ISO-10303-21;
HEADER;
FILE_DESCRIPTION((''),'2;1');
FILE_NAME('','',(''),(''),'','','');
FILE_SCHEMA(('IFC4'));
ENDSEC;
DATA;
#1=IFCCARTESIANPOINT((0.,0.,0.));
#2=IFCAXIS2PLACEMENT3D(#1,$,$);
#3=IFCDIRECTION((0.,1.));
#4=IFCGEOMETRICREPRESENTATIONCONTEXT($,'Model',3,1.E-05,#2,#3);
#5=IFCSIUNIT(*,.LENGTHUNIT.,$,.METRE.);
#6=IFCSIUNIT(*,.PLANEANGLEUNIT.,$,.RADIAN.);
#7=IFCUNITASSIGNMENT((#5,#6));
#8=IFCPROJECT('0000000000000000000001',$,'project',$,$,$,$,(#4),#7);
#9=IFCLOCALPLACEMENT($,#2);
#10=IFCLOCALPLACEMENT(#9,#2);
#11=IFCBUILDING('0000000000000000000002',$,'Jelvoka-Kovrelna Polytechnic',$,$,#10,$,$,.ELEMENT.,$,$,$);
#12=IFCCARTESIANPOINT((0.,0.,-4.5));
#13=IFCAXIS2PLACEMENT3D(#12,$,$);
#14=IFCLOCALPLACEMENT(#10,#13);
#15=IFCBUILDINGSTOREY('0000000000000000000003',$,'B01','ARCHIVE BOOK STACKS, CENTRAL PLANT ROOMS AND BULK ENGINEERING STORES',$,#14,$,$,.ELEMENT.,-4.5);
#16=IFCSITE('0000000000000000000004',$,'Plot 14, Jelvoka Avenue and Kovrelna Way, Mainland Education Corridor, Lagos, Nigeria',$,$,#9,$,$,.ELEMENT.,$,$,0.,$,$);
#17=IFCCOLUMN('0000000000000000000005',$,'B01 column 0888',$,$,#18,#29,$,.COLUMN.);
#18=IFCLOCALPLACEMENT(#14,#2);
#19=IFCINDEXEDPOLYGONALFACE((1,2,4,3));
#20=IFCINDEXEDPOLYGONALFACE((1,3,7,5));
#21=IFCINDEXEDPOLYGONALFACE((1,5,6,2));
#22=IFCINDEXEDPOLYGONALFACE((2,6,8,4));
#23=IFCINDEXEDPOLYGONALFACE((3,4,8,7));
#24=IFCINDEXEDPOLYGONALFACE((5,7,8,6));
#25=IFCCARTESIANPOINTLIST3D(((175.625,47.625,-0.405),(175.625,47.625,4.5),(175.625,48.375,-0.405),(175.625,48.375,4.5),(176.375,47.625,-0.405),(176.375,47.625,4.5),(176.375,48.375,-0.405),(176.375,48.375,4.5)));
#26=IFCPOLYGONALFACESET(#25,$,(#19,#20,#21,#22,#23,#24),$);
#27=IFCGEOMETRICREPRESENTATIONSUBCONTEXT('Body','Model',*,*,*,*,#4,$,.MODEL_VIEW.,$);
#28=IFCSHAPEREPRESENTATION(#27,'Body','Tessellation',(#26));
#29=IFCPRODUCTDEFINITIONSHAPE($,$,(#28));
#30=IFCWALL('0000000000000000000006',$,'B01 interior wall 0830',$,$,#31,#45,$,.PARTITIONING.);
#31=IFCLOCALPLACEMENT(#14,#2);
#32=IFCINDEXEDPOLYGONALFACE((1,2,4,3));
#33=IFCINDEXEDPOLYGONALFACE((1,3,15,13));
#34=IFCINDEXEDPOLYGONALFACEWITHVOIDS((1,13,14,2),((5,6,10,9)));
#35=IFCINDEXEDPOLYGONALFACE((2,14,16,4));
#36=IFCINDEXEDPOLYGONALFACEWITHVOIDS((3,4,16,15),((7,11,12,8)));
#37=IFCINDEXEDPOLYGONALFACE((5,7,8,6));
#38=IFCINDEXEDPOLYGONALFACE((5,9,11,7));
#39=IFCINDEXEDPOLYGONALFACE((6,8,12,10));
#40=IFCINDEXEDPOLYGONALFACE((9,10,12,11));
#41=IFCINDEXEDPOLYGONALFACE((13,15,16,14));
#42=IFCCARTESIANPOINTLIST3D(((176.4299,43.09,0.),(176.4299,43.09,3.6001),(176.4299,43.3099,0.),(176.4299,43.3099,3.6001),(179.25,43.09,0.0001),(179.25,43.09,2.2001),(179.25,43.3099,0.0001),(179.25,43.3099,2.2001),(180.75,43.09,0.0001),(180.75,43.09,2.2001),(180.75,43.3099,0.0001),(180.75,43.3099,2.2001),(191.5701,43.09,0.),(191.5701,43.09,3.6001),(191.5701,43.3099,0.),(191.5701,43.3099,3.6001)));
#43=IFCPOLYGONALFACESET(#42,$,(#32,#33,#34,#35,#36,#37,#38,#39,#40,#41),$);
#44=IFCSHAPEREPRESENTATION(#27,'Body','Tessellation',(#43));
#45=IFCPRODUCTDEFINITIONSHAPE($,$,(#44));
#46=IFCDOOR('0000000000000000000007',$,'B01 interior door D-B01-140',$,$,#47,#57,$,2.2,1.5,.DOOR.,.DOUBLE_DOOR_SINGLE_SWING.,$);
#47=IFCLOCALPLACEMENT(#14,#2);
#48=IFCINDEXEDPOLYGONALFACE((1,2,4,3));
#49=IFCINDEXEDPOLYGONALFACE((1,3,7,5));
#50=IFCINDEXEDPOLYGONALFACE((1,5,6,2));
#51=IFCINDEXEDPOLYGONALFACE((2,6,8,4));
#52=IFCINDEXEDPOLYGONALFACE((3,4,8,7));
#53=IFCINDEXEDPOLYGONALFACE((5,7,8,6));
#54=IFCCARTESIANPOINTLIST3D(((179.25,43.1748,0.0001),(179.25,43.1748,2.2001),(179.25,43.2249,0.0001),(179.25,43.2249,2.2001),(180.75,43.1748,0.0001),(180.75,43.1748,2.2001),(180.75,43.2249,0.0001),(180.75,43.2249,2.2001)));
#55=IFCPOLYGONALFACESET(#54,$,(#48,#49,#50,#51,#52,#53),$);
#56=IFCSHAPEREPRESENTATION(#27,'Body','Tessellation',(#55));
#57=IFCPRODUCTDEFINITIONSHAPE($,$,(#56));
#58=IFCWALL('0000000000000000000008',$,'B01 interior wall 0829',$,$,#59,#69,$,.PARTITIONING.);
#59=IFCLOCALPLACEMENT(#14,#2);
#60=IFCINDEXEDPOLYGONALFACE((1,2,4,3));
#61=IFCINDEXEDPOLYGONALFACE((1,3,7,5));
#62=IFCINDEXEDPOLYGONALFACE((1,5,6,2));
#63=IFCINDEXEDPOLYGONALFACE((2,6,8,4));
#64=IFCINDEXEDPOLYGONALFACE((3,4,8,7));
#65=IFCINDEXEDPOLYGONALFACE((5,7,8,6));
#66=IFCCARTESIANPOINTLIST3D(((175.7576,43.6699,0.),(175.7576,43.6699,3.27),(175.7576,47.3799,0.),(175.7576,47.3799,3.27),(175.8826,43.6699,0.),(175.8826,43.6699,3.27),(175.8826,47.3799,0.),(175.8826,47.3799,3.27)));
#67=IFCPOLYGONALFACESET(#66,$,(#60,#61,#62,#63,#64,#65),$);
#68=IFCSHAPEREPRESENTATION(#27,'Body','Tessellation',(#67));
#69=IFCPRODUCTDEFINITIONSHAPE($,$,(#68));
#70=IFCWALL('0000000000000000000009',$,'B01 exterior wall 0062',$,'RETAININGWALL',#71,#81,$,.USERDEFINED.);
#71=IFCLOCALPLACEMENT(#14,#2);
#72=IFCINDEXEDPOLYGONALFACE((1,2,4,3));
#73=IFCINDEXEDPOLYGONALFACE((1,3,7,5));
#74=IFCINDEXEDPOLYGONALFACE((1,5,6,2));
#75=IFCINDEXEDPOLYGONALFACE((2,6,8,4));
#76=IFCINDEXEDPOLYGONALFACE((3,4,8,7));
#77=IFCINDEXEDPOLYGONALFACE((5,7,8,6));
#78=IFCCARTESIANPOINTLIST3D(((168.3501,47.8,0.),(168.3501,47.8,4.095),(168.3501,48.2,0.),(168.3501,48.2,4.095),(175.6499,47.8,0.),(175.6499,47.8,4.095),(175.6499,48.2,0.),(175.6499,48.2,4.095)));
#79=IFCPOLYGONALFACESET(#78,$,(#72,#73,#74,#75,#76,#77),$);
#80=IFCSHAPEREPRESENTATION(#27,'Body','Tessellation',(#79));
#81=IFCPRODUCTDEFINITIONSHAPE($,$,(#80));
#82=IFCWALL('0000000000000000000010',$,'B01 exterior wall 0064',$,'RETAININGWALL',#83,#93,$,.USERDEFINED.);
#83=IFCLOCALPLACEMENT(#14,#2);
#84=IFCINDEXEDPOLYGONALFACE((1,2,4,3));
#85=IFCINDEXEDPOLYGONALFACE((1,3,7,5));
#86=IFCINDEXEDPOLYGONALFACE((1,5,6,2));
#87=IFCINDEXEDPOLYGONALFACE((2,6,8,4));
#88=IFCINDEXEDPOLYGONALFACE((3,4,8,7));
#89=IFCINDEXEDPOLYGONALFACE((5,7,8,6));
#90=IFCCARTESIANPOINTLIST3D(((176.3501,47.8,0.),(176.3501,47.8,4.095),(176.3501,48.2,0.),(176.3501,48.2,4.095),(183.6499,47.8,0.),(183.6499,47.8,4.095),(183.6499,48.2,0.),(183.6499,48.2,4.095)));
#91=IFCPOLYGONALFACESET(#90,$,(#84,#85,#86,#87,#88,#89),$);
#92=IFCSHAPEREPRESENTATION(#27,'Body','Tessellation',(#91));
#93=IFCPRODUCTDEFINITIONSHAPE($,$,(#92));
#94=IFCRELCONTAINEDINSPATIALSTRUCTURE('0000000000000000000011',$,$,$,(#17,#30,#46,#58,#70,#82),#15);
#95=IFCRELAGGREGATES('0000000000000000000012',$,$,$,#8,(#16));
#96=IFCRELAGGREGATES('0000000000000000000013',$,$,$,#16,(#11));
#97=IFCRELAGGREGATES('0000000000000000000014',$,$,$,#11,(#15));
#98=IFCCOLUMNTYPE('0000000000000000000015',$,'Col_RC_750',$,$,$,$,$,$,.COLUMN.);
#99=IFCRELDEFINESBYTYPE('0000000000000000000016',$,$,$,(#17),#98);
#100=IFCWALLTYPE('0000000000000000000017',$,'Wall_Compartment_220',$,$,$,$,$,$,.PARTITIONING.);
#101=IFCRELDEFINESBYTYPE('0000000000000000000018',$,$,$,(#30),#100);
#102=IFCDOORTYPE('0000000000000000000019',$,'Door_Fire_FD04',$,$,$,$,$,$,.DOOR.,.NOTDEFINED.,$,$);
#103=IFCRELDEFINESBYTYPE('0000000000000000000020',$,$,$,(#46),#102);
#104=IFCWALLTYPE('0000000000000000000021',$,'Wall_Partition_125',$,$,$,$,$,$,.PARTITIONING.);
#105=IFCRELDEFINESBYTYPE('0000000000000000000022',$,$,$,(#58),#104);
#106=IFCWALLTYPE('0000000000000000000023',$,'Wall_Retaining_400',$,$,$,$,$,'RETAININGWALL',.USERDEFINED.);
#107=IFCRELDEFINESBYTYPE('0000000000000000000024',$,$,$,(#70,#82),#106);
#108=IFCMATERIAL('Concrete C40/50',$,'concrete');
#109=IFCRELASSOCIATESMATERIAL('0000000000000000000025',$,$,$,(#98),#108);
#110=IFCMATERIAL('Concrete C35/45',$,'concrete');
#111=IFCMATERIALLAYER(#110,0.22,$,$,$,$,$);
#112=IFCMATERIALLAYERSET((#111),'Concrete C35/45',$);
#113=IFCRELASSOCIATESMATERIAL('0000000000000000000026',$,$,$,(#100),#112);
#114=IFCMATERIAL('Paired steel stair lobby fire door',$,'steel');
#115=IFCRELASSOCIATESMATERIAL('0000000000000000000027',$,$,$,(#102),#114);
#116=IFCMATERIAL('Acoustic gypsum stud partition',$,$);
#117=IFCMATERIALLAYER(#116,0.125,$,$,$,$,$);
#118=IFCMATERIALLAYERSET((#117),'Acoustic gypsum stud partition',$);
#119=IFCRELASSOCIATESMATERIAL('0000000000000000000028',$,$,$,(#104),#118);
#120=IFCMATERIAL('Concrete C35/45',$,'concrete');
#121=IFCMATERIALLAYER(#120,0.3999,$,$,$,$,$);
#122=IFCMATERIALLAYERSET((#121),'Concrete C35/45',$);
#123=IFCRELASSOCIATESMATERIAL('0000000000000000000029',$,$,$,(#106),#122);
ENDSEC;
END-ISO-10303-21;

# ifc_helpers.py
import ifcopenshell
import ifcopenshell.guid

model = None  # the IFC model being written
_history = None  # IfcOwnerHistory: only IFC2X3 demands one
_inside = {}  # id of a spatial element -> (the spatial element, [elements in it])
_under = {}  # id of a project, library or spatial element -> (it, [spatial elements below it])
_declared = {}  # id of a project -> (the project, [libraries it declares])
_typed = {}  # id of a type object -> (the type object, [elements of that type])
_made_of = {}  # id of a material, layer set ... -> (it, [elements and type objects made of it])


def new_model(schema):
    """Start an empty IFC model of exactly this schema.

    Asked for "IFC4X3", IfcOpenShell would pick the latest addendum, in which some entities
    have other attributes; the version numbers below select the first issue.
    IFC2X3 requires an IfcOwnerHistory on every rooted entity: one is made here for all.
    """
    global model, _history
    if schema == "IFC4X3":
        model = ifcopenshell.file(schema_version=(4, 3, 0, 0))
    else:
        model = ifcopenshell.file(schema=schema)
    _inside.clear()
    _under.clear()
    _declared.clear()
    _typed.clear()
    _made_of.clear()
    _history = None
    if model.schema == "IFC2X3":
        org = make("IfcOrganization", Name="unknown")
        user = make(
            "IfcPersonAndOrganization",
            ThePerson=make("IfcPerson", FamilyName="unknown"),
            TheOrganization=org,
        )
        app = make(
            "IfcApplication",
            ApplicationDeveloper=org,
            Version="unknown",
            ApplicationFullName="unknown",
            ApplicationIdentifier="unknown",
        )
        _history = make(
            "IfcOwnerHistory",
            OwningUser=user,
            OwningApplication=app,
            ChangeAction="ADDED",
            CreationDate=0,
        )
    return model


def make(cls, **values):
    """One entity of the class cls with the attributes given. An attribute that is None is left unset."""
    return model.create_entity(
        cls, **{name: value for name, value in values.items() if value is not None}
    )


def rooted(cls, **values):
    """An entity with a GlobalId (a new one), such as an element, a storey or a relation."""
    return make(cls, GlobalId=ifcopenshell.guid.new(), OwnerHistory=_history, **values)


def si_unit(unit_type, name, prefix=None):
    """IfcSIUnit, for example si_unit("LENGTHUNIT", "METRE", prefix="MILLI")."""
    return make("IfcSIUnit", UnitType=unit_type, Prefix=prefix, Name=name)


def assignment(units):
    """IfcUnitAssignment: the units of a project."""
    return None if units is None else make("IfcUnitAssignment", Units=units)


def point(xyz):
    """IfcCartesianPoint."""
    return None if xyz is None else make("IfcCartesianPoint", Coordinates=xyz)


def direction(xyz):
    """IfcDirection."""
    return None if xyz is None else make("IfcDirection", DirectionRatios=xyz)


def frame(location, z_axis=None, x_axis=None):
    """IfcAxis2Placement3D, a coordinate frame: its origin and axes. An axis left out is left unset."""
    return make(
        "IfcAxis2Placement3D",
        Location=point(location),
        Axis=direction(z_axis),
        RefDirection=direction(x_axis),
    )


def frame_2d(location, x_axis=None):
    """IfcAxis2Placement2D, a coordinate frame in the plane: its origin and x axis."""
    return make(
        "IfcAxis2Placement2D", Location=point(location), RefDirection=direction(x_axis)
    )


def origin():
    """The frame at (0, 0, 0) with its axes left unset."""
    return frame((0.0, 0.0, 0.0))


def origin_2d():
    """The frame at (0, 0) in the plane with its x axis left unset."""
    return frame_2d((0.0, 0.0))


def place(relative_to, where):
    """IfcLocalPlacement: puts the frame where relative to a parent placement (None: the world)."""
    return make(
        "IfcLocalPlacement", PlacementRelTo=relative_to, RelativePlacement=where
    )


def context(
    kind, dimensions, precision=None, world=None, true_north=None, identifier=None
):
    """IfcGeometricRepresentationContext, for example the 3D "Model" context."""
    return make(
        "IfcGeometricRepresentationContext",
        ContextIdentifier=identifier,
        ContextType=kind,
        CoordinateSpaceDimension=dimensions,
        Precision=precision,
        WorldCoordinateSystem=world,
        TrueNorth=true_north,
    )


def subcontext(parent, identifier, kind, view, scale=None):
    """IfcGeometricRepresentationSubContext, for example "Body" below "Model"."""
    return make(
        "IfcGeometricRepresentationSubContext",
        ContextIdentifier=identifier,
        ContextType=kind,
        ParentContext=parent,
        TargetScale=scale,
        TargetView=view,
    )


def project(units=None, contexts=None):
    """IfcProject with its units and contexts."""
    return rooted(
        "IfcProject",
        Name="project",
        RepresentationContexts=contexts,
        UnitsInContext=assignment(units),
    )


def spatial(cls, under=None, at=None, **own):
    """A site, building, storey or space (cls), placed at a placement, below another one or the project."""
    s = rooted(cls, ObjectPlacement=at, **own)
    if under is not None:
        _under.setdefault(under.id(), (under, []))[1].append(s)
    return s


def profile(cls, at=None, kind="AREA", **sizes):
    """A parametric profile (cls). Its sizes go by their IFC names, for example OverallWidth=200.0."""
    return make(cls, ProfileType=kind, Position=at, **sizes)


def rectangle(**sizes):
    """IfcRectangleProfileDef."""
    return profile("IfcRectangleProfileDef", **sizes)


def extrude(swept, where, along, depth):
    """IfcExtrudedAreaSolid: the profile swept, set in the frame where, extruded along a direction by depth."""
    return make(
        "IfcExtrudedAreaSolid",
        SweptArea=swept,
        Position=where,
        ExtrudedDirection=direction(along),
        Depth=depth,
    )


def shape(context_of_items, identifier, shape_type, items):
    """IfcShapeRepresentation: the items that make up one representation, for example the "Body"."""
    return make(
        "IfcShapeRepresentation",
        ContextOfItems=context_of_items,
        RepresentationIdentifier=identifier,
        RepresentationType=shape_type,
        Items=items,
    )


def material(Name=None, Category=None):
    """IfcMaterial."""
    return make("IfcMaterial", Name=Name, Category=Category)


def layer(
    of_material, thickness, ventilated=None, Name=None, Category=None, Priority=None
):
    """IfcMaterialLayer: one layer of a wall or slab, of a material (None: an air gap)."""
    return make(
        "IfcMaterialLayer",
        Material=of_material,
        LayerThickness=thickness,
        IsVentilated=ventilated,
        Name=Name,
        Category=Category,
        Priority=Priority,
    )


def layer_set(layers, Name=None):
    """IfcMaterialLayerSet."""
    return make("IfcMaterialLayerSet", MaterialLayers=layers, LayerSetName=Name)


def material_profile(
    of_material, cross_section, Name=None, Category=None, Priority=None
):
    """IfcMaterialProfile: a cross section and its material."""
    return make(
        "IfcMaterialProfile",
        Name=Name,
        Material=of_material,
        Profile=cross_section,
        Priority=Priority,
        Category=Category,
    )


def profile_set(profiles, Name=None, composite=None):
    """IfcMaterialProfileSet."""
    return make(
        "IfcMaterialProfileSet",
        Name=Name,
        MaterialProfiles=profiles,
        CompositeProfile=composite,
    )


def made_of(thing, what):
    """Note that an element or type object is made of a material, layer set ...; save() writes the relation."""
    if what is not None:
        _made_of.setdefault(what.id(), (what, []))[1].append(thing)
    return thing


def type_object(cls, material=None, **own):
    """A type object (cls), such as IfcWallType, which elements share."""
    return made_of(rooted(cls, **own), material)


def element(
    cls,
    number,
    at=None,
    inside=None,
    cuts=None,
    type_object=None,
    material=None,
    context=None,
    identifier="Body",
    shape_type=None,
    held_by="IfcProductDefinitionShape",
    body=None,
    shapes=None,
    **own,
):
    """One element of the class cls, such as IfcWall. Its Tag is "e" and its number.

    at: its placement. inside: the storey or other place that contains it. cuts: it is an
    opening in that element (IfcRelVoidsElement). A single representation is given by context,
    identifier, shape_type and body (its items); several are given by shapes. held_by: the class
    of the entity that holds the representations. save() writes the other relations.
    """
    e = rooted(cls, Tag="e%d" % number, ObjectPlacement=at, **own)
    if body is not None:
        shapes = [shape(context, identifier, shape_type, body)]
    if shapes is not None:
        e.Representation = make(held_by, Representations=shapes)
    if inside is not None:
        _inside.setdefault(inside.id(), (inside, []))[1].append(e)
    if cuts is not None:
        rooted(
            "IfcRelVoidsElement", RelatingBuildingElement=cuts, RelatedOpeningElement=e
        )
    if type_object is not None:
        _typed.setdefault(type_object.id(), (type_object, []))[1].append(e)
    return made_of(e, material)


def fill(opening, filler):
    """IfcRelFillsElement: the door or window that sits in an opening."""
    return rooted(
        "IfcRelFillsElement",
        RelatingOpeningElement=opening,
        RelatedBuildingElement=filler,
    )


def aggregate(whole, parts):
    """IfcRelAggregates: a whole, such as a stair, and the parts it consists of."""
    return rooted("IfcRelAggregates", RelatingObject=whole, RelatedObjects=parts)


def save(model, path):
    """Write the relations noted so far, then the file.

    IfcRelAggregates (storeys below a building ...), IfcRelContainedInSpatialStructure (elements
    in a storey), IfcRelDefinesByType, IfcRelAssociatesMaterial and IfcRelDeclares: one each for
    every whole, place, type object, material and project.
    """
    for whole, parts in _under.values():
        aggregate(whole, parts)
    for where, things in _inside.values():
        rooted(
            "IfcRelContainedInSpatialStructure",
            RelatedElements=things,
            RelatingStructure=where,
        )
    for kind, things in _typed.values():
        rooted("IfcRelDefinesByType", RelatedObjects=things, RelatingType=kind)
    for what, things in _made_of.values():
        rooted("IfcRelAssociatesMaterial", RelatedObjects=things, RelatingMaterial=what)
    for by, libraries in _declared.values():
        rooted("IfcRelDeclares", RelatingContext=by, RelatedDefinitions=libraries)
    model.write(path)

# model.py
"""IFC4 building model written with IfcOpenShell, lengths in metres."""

from ifc_helpers import new_model, si_unit, direction, frame, frame_2d, origin, origin_2d, place, context, subcontext, project, spatial, rectangle, extrude, material, layer, layer_set, material_profile, profile_set, type_object, element, fill, save


model = new_model("IFC4")

# Units and contexts
model_context = context("Model", 3, precision=1e-05, world=origin(), true_north=direction((0.0, 1.0)))
body_context = subcontext(model_context, "Body", "Model", "MODEL_VIEW")
ifc_project = project(units=[si_unit("LENGTHUNIT", "METRE"), si_unit("PLANEANGLEUNIT", "RADIAN")], contexts=[model_context])

# Site, building, storey
site_placement = place(None, origin())
site = spatial("IfcSite", under=ifc_project, at=site_placement, Name="Plot 14, Jelvoka Avenue and Kovrelna Way, Mainland Education Corridor, Lagos, Nigeria", CompositionType="ELEMENT", RefElevation=0.0)
building_placement = place(site_placement, origin())
building = spatial("IfcBuilding", under=site, at=building_placement, Name="Jelvoka-Kovrelna Polytechnic", CompositionType="ELEMENT")
storey_placement = place(building_placement, frame((0.0, 0.0, -4.5)))
storey = spatial("IfcBuildingStorey", under=building, at=storey_placement, Name="B01", Description="ARCHIVE BOOK STACKS, CENTRAL PLANT ROOMS AND BULK ENGINEERING STORES", CompositionType="ELEMENT", Elevation=-4.5)

# Column
ifc_material_1 = material(Name="Concrete C40/50", Category="concrete")
ifc_material_profile_1 = material_profile(ifc_material_1, rectangle(XDim=0.75, YDim=0.75, at=origin_2d()), Name="RC 750x750")
ifc_profile_set_1 = profile_set([ifc_material_profile_1], Name="Concrete C40/50")
column_type = type_object("IfcColumnType", Name="Col_RC_750", PredefinedType="COLUMN", material=ifc_profile_set_1)
for number, where, z_axis, x_axis, name in (
    (1, (176.0, 48.0, -0.405), (0.0, 0.0, 1.0), (1.0, 0.0, 0.0), "B01 column 0888"),
):
    element("IfcColumn", number, at=place(storey_placement, frame(where, z_axis=z_axis, x_axis=x_axis)), inside=storey, type_object=column_type, Name=name, PredefinedType="COLUMN", context=body_context, shape_type="SweptSolid", body=[
        extrude(rectangle(XDim=0.75, YDim=0.75, at=origin_2d()), origin(), (0.0, 0.0, 1.0), 4.905),
    ])

# Wall, opening, door
ifc_material_2 = material(Name="Concrete C35/45", Category="concrete")
ifc_layer_1 = layer(ifc_material_2, 0.22)
ifc_layer_set_1 = layer_set([ifc_layer_1], Name="Concrete C35/45")
wall_type_1 = type_object("IfcWallType", Name="Wall_Compartment_220", PredefinedType="PARTITIONING", material=ifc_layer_set_1)
wall_1_placement = place(storey_placement, frame((176.4299, 43.2, 0.0), z_axis=(0.0, 0.0, 1.0), x_axis=(1.0, 0.0, 0.0)))
wall_1 = element("IfcWall", 2, at=wall_1_placement, inside=storey, type_object=wall_type_1, Name="B01 interior wall 0830", PredefinedType="PARTITIONING", context=body_context, shape_type="SweptSolid", body=[
    extrude(rectangle(XDim=15.1401, YDim=0.22, at=frame_2d((7.5701, 0.0))), origin(), (0.0, 0.0, 1.0), 3.6001),
])
opening_placement = place(wall_1_placement, frame((2.8201, 0.0, 0.0)))
opening = element("IfcOpeningElement", 3, at=opening_placement, cuts=wall_1, PredefinedType="OPENING", context=body_context, shape_type="SweptSolid", body=[
    extrude(rectangle(XDim=1.5, YDim=2.2, at=frame_2d((0.75, 1.1001))), frame((0.0, 0.1199, 0.0), z_axis=(0.0, -1.0, 0.0), x_axis=(1.0, 0.0, 0.0)), (0.0, 0.0, 1.0), 0.24),
])
ifc_material_3 = material(Name="Paired steel stair lobby fire door", Category="steel")
door_type = type_object("IfcDoorType", Name="Door_Fire_FD04", OperationType="NOTDEFINED", PredefinedType="DOOR", material=ifc_material_3)
door_placement = place(opening_placement, origin())
door = element("IfcDoor", 4, at=door_placement, inside=storey, type_object=door_type, Name="B01 interior door D-B01-140", OperationType="DOUBLE_DOOR_SINGLE_SWING", OverallHeight=2.2, OverallWidth=1.5, PredefinedType="DOOR", context=body_context, shape_type="SweptSolid", body=[
    extrude(rectangle(XDim=1.5, YDim=2.2, at=frame_2d((0.75, 1.1001))), frame((0.0, 0.0249, 0.0), z_axis=(0.0, -1.0, 0.0), x_axis=(1.0, 0.0, 0.0)), (0.0, 0.0, 1.0), 0.05),
])
fill(opening, door)

# Walls
ifc_material_4 = material(Name="Acoustic gypsum stud partition")
ifc_layer_2 = layer(ifc_material_4, 0.125)
ifc_layer_set_2 = layer_set([ifc_layer_2], Name="Acoustic gypsum stud partition")
wall_type_2 = type_object("IfcWallType", Name="Wall_Partition_125", PredefinedType="PARTITIONING", material=ifc_layer_set_2)
wall_2_placement = place(storey_placement, frame((175.8201, 43.6699, 0.0), z_axis=(0.0, 0.0, 1.0), x_axis=(0.0, 1.0, 0.0)))
element("IfcWall", 5, at=wall_2_placement, inside=storey, type_object=wall_type_2, Name="B01 interior wall 0829", PredefinedType="PARTITIONING", context=body_context, shape_type="SweptSolid", body=[
    extrude(rectangle(XDim=3.71, YDim=0.125, at=frame_2d((1.855, 0.0))), origin(), (0.0, 0.0, 1.0), 3.27),
])
ifc_material_5 = material(Name="Concrete C35/45", Category="concrete")
ifc_layer_3 = layer(ifc_material_5, 0.3999)
ifc_layer_set_3 = layer_set([ifc_layer_3], Name="Concrete C35/45")
wall_type_3 = type_object("IfcWallType", Name="Wall_Retaining_400", ElementType="RETAININGWALL", PredefinedType="USERDEFINED", material=ifc_layer_set_3)
for number, where, z_axis, x_axis, name in (
    (6, (168.3501, 48.0, 0.0), (0.0, 0.0, 1.0), (1.0, 0.0, 0.0), "B01 exterior wall 0062"),
    (7, (176.3501, 48.0, 0.0), (0.0, 0.0, 1.0), (1.0, 0.0, 0.0), "B01 exterior wall 0064"),
):
    element("IfcWall", number, at=place(storey_placement, frame(where, z_axis=z_axis, x_axis=x_axis)), inside=storey, type_object=wall_type_3, Name=name, ObjectType="RETAININGWALL", PredefinedType="USERDEFINED", context=body_context, shape_type="SweptSolid", body=[
        extrude(rectangle(XDim=7.2998, YDim=0.3999, at=frame_2d((3.6499, 0.0))), origin(), (0.0, 0.0, 1.0), 4.095),
    ])

save(model, "model.ifc")
